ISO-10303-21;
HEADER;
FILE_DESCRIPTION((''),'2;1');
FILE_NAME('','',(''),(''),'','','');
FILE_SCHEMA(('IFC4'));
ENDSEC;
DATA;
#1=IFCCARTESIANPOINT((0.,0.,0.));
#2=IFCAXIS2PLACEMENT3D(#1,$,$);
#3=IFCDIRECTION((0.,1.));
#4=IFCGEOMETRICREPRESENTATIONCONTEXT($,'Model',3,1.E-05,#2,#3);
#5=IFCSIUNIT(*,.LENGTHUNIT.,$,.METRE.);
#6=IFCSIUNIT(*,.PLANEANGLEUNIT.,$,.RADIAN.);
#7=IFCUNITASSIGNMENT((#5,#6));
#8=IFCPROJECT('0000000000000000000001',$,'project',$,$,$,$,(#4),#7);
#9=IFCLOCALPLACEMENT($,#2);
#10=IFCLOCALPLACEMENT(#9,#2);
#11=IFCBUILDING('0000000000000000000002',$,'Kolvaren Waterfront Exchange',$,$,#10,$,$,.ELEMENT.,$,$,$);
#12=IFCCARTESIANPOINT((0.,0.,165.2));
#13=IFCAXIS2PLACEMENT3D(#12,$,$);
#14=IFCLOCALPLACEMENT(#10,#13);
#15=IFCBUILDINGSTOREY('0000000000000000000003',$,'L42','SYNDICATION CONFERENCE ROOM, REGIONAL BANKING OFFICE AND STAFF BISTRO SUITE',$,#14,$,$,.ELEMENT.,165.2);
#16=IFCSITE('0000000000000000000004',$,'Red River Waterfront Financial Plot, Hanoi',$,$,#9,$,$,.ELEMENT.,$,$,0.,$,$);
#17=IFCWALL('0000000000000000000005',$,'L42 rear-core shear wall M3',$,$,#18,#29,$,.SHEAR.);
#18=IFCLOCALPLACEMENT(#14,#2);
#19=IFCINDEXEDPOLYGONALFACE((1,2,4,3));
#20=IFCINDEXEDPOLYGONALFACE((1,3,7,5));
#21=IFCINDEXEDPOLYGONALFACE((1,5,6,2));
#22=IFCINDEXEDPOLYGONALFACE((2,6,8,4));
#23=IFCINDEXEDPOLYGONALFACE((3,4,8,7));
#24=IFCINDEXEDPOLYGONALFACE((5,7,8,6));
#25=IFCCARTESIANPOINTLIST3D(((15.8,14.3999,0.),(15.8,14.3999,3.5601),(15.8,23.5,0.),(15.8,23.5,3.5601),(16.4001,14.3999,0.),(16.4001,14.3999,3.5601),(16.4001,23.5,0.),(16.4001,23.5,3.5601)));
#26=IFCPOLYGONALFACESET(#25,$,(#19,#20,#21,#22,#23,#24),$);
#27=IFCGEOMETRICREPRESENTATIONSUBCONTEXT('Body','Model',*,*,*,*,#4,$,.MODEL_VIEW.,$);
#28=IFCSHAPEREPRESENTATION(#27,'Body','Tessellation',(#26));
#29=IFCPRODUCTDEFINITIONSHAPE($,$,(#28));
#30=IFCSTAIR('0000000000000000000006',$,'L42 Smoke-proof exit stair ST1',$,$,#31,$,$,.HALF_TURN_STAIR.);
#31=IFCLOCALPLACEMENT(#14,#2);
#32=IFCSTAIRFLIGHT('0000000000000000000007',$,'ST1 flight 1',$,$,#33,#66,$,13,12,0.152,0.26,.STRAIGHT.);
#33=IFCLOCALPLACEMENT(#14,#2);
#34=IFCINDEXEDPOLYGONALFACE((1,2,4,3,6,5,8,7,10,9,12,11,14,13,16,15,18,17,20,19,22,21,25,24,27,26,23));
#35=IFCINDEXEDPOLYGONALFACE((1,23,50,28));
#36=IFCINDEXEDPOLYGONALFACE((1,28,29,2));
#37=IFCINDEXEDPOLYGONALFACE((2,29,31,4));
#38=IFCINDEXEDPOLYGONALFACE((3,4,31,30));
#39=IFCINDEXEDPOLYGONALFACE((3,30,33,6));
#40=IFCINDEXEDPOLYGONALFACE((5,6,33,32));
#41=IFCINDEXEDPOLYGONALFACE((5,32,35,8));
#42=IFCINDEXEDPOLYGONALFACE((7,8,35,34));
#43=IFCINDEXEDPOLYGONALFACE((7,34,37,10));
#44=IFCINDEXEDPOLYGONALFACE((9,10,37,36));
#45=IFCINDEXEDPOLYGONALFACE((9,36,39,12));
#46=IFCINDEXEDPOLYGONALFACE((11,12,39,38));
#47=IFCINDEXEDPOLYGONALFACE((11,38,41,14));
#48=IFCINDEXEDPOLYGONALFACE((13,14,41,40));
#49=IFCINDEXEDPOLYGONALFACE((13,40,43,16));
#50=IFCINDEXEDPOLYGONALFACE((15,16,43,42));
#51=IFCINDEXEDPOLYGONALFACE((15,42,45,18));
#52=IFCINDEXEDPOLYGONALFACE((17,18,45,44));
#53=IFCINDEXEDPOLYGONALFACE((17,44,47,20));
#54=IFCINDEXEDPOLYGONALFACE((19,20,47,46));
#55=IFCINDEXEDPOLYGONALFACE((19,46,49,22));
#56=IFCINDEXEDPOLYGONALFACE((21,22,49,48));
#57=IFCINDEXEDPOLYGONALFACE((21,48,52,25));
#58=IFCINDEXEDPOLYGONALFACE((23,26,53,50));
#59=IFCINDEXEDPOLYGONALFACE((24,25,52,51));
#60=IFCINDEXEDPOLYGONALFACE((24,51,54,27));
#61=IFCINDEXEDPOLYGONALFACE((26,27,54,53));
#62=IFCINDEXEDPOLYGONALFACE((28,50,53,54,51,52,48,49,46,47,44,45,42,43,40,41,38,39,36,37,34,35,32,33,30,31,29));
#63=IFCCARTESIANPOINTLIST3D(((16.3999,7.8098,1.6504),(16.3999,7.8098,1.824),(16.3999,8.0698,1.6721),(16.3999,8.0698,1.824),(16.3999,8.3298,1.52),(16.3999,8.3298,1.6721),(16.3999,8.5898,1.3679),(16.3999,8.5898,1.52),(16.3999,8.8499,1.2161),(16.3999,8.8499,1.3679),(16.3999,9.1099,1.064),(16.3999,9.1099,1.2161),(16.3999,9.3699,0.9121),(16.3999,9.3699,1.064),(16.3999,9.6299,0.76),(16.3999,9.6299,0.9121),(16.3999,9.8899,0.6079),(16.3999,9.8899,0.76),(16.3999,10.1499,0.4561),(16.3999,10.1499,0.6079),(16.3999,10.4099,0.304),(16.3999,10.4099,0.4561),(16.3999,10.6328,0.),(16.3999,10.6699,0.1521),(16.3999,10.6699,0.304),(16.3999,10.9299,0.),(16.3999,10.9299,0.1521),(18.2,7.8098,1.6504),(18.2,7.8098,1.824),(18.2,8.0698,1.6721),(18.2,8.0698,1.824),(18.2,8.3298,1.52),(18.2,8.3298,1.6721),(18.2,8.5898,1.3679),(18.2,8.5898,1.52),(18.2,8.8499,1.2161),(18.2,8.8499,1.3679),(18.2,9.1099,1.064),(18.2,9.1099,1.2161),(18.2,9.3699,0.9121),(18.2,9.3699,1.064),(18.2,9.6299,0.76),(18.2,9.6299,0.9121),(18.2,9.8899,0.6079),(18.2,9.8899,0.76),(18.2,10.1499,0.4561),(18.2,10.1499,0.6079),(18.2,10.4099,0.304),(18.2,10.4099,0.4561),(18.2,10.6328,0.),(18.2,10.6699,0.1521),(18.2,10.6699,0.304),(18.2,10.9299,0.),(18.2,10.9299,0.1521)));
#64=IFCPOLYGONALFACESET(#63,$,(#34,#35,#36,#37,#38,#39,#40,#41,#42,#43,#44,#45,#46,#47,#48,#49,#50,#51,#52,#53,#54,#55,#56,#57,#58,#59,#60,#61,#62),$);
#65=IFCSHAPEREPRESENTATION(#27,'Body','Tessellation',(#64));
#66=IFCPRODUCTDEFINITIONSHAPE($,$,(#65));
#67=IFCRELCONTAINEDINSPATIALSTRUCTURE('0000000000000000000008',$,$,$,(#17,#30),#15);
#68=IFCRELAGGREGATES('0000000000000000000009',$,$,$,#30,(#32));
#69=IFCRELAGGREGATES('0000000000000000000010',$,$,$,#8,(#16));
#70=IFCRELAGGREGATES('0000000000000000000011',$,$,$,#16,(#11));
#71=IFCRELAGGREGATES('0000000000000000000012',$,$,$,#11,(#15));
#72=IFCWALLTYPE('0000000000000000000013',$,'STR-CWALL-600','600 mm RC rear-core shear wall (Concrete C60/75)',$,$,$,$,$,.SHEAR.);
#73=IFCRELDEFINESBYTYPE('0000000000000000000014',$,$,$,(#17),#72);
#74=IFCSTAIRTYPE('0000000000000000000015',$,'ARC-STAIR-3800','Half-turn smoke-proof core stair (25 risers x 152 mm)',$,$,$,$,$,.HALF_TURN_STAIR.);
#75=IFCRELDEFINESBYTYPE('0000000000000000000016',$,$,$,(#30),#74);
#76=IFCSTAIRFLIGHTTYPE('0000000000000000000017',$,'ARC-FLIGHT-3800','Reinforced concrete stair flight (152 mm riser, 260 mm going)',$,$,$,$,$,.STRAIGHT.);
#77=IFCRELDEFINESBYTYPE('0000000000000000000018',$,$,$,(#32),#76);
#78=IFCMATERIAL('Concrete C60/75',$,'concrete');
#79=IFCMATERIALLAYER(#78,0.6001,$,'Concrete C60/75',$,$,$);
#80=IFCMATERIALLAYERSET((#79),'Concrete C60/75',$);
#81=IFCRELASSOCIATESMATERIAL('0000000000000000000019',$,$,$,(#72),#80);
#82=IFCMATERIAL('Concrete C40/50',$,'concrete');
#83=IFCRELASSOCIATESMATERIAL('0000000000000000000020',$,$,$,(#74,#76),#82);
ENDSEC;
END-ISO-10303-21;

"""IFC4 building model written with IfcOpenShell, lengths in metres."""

from ifc_helpers import new_model, si_unit, direction, frame, frame_2d, origin, place, context, subcontext, project, spatial, polyline, rectangle, outline, extrude, material, layer, layer_set, type_object, element, aggregate, save


model = new_model("IFC4")

# Units and contexts
model_context = context("Model", 3, precision=1e-05, world=origin(), true_north=direction((0.0, 1.0)))
body_context = subcontext(model_context, "Body", "Model", "MODEL_VIEW")
ifc_project = project(units=[si_unit("LENGTHUNIT", "METRE"), si_unit("PLANEANGLEUNIT", "RADIAN")], contexts=[model_context])

# Site, building, storey
site_placement = place(None, origin())
site = spatial("IfcSite", under=ifc_project, at=site_placement, Name="Red River Waterfront Financial Plot, Hanoi", CompositionType="ELEMENT", RefElevation=0.0)
building_placement = place(site_placement, origin())
building = spatial("IfcBuilding", under=site, at=building_placement, Name="Kolvaren Waterfront Exchange", CompositionType="ELEMENT")
storey_placement = place(building_placement, frame((0.0, 0.0, 165.2)))
storey = spatial("IfcBuildingStorey", under=building, at=storey_placement, Name="L42", Description="SYNDICATION CONFERENCE ROOM, REGIONAL BANKING OFFICE AND STAFF BISTRO SUITE", CompositionType="ELEMENT", Elevation=165.2)

# Shared definitions
ifc_material_1 = material(Name="Concrete C60/75", Category="concrete")

# Wall
ifc_material_2 = material(Name="Concrete C40/50", Category="concrete")
ifc_layer_1 = layer(ifc_material_1, 0.6001, Name="Concrete C60/75")
ifc_layer_set_1 = layer_set([ifc_layer_1], Name="Concrete C60/75")
wall_type_1 = type_object("IfcWallType", Name="STR-CWALL-600", Description="600 mm RC rear-core shear wall (Concrete C60/75)", PredefinedType="SHEAR", material=ifc_layer_set_1)
wall_1_placement = place(storey_placement, frame((16.1001, 14.3999, 0.0), z_axis=(0.0, 0.0, 1.0), x_axis=(0.0, 1.0, 0.0)))
element("IfcWall", 1, at=wall_1_placement, inside=storey, type_object=wall_type_1, Name="L42 rear-core shear wall M3", PredefinedType="SHEAR", context=body_context, shape_type="SweptSolid", body=[
    extrude(rectangle(XDim=9.1001, YDim=0.6001, at=frame_2d((4.55, 0.0))), origin(), (0.0, 0.0, 1.0), 3.5601),
])

# Stair, stair flight
stair_type = type_object("IfcStairType", Name="ARC-STAIR-3800", Description="Half-turn smoke-proof core stair (25 risers x 152 mm)", PredefinedType="HALF_TURN_STAIR", material=ifc_material_2)
stair_placement = place(storey_placement, origin())
stair = element("IfcStair", 2, at=stair_placement, inside=storey, type_object=stair_type, Name="L42 Smoke-proof exit stair ST1", PredefinedType="HALF_TURN_STAIR")
stair_flight_type = type_object("IfcStairFlightType", Name="ARC-FLIGHT-3800", Description="Reinforced concrete stair flight (152 mm riser, 260 mm going)", PredefinedType="STRAIGHT", material=ifc_material_2)
stair_flight_placement = place(storey_placement, frame((17.3, 10.9299, 0.0), z_axis=(0.0, 0.0, 1.0), x_axis=(0.0, -1.0, 0.0)))
stair_flight = element("IfcStairFlight", 3, at=stair_flight_placement, type_object=stair_flight_type, Name="ST1 flight 1", NumberOfRisers=13, NumberOfTreads=12, PredefinedType="STRAIGHT", RiserHeight=0.152, TreadLength=0.26, context=body_context, shape_type="SweptSolid", body=[
    extrude(outline(polyline([(0.0, 0.0), (0.0, 0.1521), (0.26, 0.1521), (0.26, 0.304), (0.52, 0.304), (0.52, 0.4561), (0.78, 0.4561), (0.78, 0.6079), (1.04, 0.6079), (1.04, 0.76), (1.3, 0.76), (1.3, 0.9121), (1.5601, 0.9121), (1.5601, 1.064), (1.8201, 1.064), (1.8201, 1.2161), (2.0801, 1.2161), (2.0801, 1.3679), (2.3401, 1.3679), (2.3401, 1.52), (2.6001, 1.52), (2.6001, 1.6721), (2.8601, 1.6721), (2.8601, 1.824), (3.1201, 1.824), (3.1201, 1.9761), (3.1201, 1.6504), (0.2971, 0.0), (0.0, 0.0)])), frame((0.0, 0.8999, 0.0), z_axis=(0.0, -1.0, 0.0), x_axis=(1.0, 0.0, 0.0)), (0.0, 0.0, 1.0), 1.8),
])
aggregate(stair, [stair_flight])

save(model, "model.ifc")
